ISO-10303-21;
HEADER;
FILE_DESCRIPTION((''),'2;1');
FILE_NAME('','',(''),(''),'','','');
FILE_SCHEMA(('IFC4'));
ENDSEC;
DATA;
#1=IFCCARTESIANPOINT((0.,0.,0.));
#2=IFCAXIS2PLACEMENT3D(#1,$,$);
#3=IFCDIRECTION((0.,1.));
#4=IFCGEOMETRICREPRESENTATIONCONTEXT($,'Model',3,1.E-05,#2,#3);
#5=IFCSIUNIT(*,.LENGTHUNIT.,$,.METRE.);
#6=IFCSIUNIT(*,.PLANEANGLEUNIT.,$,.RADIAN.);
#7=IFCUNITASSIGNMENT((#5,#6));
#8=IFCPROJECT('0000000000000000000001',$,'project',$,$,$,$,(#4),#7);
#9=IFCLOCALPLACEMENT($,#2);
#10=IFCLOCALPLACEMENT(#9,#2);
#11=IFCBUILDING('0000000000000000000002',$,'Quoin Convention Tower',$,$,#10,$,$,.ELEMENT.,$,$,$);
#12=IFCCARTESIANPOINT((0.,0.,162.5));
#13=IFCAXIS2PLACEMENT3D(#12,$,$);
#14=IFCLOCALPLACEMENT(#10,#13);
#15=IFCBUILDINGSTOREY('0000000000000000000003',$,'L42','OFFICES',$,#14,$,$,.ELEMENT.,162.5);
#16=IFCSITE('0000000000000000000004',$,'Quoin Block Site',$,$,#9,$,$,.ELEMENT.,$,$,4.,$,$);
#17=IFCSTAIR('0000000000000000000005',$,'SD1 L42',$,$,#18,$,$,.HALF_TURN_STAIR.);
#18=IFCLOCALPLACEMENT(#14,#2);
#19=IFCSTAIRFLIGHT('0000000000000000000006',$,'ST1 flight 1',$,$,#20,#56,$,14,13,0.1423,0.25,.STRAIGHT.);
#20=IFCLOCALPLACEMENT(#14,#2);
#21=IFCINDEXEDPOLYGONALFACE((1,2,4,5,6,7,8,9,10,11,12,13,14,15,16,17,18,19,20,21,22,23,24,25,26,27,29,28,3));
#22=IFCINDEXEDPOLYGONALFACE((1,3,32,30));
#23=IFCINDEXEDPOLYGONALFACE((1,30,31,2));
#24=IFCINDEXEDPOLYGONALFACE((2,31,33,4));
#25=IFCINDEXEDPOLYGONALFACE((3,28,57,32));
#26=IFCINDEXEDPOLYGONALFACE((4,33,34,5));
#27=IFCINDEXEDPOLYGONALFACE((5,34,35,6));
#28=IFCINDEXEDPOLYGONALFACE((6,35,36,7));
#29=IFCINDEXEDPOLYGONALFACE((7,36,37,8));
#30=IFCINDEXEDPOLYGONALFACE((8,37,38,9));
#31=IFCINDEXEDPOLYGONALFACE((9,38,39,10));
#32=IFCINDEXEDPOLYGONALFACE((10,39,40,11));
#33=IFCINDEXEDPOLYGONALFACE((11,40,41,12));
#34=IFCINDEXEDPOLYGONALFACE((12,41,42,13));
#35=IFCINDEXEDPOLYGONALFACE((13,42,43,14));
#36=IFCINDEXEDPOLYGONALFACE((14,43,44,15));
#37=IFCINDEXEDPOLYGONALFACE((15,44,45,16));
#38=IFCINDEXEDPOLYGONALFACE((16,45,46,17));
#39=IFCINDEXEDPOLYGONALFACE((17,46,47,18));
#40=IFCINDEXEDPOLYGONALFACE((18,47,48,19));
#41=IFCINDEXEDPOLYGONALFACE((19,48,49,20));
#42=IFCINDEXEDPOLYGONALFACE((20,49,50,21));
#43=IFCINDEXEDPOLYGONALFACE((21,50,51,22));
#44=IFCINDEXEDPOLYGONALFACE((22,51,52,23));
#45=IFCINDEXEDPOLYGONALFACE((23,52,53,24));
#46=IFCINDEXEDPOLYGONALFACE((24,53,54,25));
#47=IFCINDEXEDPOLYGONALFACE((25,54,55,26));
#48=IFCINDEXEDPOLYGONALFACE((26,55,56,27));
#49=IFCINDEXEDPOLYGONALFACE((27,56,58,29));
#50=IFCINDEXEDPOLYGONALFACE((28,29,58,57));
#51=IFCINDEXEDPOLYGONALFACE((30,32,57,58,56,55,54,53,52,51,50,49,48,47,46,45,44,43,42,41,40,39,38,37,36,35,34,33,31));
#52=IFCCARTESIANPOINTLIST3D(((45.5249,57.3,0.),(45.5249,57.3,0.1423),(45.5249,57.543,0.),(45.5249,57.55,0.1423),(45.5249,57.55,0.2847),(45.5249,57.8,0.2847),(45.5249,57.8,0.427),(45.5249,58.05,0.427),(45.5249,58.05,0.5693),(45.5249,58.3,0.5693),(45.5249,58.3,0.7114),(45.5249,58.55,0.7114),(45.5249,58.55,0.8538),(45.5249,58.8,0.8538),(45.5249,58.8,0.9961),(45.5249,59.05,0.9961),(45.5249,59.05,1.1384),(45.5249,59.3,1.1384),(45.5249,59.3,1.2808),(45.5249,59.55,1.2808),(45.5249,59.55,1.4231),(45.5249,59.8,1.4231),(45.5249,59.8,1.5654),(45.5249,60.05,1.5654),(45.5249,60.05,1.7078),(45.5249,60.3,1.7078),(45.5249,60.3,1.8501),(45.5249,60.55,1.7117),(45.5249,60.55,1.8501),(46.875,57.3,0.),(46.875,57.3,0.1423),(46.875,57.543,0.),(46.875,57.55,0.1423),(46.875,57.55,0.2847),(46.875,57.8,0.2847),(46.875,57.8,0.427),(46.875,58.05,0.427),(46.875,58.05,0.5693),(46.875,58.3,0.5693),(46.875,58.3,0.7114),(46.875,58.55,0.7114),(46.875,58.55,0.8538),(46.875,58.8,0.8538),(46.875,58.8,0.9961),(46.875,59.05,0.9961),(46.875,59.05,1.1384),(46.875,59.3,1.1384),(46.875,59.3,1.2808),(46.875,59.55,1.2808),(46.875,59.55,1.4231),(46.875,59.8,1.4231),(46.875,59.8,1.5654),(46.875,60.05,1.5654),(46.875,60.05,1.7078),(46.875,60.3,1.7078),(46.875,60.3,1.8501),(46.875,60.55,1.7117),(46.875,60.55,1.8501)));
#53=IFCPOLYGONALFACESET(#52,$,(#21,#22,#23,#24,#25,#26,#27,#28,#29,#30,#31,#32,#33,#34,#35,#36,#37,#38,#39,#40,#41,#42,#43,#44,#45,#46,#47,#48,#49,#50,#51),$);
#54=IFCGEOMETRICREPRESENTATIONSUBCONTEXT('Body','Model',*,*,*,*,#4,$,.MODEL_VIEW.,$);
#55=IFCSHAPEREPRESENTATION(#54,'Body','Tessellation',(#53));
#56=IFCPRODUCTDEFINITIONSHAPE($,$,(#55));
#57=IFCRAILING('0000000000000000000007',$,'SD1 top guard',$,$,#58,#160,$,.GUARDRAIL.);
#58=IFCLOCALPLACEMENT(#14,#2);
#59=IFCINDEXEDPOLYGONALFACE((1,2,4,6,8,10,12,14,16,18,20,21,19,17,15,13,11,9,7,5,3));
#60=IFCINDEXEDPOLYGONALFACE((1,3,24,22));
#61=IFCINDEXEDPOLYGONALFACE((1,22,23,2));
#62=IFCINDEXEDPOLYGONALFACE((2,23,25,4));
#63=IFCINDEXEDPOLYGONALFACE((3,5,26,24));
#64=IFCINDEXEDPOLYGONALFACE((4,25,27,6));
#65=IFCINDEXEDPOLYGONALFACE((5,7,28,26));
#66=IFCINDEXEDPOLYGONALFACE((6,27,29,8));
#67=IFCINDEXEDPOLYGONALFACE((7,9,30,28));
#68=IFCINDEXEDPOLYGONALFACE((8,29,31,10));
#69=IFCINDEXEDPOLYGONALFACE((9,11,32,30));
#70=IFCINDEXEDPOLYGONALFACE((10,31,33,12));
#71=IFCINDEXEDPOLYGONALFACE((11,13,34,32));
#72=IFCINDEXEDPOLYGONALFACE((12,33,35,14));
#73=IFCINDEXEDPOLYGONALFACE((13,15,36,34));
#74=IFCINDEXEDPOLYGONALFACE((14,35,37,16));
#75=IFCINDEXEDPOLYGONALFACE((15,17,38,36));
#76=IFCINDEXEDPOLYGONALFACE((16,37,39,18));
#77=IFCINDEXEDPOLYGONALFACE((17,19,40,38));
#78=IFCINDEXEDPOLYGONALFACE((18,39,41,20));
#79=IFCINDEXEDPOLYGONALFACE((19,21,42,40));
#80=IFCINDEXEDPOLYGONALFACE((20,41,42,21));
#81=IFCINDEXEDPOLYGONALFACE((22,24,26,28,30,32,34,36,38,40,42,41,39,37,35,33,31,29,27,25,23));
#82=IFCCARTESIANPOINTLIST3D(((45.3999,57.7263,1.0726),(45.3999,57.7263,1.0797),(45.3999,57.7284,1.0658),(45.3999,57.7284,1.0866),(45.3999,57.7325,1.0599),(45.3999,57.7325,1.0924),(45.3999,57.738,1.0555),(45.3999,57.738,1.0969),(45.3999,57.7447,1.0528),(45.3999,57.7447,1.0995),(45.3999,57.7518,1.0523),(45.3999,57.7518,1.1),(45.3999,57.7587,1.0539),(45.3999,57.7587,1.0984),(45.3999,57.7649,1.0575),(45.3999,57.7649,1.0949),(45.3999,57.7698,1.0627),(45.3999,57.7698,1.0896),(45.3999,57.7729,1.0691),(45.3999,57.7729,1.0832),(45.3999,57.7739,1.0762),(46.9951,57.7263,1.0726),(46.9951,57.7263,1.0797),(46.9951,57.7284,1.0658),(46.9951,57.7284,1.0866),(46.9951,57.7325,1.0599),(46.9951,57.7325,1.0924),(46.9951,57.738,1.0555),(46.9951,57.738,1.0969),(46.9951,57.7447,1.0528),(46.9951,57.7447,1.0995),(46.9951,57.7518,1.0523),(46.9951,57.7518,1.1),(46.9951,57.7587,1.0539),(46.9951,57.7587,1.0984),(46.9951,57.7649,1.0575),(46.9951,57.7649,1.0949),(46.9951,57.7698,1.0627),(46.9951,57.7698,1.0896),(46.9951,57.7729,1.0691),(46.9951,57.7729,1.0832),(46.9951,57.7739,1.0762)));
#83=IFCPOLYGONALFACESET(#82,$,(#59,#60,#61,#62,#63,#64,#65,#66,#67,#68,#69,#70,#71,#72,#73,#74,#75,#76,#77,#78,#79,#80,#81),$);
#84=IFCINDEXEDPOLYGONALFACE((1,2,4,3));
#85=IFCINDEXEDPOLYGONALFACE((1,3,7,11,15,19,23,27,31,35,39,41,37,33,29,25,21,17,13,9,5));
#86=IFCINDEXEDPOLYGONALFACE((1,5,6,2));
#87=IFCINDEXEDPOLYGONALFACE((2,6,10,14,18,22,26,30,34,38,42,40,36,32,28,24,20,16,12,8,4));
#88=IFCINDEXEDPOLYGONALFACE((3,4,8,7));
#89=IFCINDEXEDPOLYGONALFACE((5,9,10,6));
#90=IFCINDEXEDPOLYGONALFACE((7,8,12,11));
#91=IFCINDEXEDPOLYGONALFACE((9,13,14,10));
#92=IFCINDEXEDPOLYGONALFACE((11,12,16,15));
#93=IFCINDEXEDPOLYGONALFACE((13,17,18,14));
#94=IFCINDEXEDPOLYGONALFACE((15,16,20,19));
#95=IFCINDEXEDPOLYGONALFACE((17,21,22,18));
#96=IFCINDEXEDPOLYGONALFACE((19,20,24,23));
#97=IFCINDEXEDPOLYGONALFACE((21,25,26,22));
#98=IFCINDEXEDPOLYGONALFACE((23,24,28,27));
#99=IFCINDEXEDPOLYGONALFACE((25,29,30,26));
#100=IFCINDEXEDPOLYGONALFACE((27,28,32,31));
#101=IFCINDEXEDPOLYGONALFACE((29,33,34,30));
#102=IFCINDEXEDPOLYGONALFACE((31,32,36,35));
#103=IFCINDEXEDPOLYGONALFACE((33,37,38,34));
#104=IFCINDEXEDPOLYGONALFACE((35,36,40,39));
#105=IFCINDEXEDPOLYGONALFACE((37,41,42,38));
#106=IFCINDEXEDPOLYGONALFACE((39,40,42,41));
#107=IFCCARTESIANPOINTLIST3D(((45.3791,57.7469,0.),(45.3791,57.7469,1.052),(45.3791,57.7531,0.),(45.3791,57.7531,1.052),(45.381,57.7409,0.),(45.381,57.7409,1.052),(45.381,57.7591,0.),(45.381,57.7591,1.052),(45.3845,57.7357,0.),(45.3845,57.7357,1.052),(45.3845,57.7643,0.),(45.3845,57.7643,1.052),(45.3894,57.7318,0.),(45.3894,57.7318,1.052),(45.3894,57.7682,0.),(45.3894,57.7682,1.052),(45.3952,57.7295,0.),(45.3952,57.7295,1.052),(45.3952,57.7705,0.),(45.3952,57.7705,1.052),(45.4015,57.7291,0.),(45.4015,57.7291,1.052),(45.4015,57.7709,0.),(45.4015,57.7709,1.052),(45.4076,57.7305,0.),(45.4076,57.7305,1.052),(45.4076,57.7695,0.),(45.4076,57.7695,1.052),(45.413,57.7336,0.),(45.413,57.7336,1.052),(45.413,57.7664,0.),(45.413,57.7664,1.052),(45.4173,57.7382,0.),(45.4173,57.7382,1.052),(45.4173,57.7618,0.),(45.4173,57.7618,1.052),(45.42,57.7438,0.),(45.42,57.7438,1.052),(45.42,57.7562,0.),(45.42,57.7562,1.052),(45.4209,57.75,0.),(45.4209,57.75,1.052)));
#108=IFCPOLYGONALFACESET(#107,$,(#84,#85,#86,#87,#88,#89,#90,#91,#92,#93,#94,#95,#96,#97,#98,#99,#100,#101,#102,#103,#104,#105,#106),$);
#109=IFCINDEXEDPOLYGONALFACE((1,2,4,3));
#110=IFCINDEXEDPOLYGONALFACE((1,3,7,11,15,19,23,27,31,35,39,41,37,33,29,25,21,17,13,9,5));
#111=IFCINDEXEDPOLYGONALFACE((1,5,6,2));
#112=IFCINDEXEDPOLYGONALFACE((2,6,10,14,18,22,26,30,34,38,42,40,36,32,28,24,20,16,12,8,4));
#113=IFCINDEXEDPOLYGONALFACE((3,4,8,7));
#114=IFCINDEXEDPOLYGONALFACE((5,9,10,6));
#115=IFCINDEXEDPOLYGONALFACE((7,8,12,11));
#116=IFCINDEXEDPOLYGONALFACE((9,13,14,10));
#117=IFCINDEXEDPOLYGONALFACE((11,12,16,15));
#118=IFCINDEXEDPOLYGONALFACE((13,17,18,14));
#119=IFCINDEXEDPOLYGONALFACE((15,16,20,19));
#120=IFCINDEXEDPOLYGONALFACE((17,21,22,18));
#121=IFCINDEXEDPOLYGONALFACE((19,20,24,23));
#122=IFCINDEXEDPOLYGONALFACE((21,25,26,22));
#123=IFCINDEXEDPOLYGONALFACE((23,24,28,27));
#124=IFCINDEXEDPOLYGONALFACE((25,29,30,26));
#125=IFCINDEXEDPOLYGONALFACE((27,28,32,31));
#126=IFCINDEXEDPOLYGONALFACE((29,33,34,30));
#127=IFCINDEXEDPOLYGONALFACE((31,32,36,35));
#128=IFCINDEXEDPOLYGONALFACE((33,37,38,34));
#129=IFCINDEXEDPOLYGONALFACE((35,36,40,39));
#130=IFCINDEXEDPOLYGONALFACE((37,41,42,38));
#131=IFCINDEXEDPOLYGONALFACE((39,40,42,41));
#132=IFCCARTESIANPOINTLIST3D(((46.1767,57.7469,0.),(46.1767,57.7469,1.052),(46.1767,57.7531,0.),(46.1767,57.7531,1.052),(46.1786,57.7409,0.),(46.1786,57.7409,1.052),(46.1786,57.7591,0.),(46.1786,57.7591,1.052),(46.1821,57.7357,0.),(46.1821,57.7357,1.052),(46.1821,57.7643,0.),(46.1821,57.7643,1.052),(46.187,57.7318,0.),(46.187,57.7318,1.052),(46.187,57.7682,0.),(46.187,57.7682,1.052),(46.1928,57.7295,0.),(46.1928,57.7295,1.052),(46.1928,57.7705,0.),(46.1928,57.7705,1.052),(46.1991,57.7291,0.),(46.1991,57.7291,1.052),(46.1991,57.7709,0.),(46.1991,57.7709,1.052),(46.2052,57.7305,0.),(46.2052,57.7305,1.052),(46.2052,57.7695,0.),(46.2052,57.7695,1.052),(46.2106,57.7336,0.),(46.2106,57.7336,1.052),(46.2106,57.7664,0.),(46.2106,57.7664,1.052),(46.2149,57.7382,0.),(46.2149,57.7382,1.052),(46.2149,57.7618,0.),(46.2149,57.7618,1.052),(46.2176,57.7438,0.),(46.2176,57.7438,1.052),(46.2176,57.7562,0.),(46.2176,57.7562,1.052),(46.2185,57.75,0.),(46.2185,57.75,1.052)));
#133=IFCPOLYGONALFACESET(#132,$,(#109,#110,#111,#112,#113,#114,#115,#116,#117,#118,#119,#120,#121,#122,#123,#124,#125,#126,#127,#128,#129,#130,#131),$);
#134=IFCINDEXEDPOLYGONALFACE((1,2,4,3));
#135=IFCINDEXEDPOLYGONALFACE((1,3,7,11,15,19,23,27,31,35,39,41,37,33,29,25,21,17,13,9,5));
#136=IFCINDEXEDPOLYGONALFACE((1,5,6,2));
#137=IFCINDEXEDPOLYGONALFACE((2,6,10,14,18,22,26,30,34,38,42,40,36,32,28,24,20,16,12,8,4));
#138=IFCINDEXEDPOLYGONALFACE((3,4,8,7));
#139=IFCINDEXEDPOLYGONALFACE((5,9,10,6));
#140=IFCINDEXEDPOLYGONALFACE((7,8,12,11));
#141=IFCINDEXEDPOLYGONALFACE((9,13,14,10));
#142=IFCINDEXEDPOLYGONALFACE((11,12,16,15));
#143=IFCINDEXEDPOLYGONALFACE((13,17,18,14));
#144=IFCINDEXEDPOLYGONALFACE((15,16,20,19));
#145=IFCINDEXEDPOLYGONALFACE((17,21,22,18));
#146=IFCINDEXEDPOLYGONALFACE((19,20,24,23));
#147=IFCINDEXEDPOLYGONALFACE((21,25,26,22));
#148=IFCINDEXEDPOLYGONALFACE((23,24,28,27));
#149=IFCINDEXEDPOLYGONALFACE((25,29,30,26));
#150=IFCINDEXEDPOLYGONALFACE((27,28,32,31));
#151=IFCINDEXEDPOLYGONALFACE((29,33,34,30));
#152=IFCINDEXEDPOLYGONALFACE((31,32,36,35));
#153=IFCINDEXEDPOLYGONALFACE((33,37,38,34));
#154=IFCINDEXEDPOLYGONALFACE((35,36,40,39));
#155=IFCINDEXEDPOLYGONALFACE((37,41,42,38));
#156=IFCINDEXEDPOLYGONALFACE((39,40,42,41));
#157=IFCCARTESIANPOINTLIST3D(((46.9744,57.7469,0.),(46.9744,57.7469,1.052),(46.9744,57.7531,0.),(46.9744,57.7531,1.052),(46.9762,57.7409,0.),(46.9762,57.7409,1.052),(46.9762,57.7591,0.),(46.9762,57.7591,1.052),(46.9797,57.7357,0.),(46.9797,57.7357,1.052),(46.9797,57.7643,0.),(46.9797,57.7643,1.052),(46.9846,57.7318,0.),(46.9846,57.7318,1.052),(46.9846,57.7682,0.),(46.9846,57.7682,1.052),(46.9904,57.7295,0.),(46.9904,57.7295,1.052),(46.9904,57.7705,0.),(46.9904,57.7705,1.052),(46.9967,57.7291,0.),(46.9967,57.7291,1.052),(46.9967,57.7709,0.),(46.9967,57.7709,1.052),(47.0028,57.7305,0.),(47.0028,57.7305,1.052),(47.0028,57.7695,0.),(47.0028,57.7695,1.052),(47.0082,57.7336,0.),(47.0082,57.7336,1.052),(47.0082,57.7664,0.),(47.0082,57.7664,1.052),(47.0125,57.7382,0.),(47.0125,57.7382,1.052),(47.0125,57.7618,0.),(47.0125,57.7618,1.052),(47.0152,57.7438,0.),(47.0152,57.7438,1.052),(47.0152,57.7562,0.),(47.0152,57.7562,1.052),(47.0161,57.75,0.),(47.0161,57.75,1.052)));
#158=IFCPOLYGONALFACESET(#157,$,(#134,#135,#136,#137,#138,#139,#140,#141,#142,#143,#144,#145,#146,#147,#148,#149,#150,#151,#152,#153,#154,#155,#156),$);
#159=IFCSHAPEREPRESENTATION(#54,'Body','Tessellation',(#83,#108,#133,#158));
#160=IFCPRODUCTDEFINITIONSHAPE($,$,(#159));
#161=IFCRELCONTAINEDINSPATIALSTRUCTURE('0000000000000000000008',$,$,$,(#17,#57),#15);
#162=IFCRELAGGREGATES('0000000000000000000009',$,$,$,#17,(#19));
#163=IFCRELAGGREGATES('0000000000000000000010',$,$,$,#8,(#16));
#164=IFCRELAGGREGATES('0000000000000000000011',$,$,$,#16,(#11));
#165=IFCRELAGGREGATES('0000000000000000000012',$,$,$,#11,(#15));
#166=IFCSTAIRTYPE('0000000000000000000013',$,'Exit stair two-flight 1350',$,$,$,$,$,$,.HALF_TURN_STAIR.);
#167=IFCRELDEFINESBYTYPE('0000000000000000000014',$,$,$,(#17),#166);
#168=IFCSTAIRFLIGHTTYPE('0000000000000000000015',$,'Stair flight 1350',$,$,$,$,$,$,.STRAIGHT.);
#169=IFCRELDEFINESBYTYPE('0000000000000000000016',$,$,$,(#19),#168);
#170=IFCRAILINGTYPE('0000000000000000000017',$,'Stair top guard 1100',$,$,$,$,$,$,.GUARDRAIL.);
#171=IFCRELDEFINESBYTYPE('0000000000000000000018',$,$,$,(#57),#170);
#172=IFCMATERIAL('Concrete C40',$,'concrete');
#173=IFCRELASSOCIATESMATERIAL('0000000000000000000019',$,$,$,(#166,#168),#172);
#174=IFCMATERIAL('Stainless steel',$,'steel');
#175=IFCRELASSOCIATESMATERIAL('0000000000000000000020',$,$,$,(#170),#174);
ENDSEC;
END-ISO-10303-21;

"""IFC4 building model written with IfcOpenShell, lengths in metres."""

from ifc_helpers import new_model, si_unit, direction, frame, origin, origin_2d, place, context, subcontext, project, spatial, polyline, circle, outline, extrude, material, type_object, element, aggregate, save


model = new_model("IFC4")

# Units and contexts
model_context = context("Model", 3, precision=1e-05, world=origin(), true_north=direction((0.0, 1.0)))
body_context = subcontext(model_context, "Body", "Model", "MODEL_VIEW")
ifc_project = project(units=[si_unit("LENGTHUNIT", "METRE"), si_unit("PLANEANGLEUNIT", "RADIAN")], contexts=[model_context])

# Site, building, storey
site_placement = place(None, origin())
site = spatial("IfcSite", under=ifc_project, at=site_placement, Name="Quoin Block Site", CompositionType="ELEMENT", RefElevation=4.0)
building_placement = place(site_placement, origin())
building = spatial("IfcBuilding", under=site, at=building_placement, Name="Quoin Convention Tower", CompositionType="ELEMENT")
storey_placement = place(building_placement, frame((0.0, 0.0, 162.5)))
storey = spatial("IfcBuildingStorey", under=building, at=storey_placement, Name="L42", Description="OFFICES", CompositionType="ELEMENT", Elevation=162.5)

# Stair, stair flight
ifc_material_1 = material(Name="Concrete C40", Category="concrete")
stair_type = type_object("IfcStairType", Name="Exit stair two-flight 1350", PredefinedType="HALF_TURN_STAIR", material=ifc_material_1)
stair_placement = place(storey_placement, origin())
stair = element("IfcStair", 1, at=stair_placement, inside=storey, type_object=stair_type, Name="SD1 L42", PredefinedType="HALF_TURN_STAIR")
stair_flight_type = type_object("IfcStairFlightType", Name="Stair flight 1350", PredefinedType="STRAIGHT", material=ifc_material_1)
stair_flight_placement = place(storey_placement, frame((46.2, 57.3, 0.0), z_axis=(0.0, 0.0, 1.0), x_axis=(0.0, 1.0, 0.0)))
stair_flight = element("IfcStairFlight", 2, at=stair_flight_placement, type_object=stair_flight_type, Name="ST1 flight 1", NumberOfRisers=14, NumberOfTreads=13, PredefinedType="STRAIGHT", RiserHeight=0.1423, TreadLength=0.25, context=body_context, shape_type="SweptSolid", body=[
    extrude(outline(polyline([(0.0, 0.0), (0.0, 0.1423), (0.25, 0.1423), (0.25, 0.2847), (0.5, 0.2847), (0.5, 0.427), (0.75, 0.427), (0.75, 0.5693), (1.0, 0.5693), (1.0, 0.7114), (1.25, 0.7114), (1.25, 0.8538), (1.5, 0.8538), (1.5, 0.9961), (1.75, 0.9961), (1.75, 1.1384), (2.0, 1.1384), (2.0, 1.2808), (2.25, 1.2808), (2.25, 1.4231), (2.5, 1.4231), (2.5, 1.5654), (2.75, 1.5654), (2.75, 1.7078), (3.0, 1.7078), (3.0, 1.8501), (3.25, 1.8501), (3.25, 1.9922), (3.25, 1.7117), (0.2429, 0.0), (0.0, 0.0)])), frame((0.0, 0.675, 0.0), z_axis=(0.0, -1.0, 0.0), x_axis=(1.0, 0.0, 0.0)), (0.0, 0.0, 1.0), 1.3501),
])
aggregate(stair, [stair_flight])

# Railing
ifc_material_2 = material(Name="Stainless steel", Category="steel")
railing_type_1 = type_object("IfcRailingType", Name="Stair top guard 1100", PredefinedType="GUARDRAIL", material=ifc_material_2)
railing_1_placement = place(storey_placement, frame((45.3999, 57.75, 0.0)))
element("IfcRailing", 3, at=railing_1_placement, inside=storey, type_object=railing_type_1, Name="SD1 top guard", PredefinedType="GUARDRAIL", context=body_context, shape_type="SweptSolid", body=[
    extrude(circle(Radius=0.0239, at=origin_2d()), frame((0.0, 0.0, 1.0762), z_axis=(1.0, 0.0, 0.0), x_axis=(0.0, 1.0, 0.0)), (0.0, 0.0, 1.0), 1.5952),
    extrude(circle(Radius=0.021, at=origin_2d()), origin(), (0.0, 0.0, 1.0), 1.052),
    extrude(circle(Radius=0.021, at=origin_2d()), frame((0.7976, 0.0, 0.0)), (0.0, 0.0, 1.0), 1.052),
    extrude(circle(Radius=0.021, at=origin_2d()), frame((1.5952, 0.0, 0.0)), (0.0, 0.0, 1.0), 1.052),
])

save(model, "model.ifc")
